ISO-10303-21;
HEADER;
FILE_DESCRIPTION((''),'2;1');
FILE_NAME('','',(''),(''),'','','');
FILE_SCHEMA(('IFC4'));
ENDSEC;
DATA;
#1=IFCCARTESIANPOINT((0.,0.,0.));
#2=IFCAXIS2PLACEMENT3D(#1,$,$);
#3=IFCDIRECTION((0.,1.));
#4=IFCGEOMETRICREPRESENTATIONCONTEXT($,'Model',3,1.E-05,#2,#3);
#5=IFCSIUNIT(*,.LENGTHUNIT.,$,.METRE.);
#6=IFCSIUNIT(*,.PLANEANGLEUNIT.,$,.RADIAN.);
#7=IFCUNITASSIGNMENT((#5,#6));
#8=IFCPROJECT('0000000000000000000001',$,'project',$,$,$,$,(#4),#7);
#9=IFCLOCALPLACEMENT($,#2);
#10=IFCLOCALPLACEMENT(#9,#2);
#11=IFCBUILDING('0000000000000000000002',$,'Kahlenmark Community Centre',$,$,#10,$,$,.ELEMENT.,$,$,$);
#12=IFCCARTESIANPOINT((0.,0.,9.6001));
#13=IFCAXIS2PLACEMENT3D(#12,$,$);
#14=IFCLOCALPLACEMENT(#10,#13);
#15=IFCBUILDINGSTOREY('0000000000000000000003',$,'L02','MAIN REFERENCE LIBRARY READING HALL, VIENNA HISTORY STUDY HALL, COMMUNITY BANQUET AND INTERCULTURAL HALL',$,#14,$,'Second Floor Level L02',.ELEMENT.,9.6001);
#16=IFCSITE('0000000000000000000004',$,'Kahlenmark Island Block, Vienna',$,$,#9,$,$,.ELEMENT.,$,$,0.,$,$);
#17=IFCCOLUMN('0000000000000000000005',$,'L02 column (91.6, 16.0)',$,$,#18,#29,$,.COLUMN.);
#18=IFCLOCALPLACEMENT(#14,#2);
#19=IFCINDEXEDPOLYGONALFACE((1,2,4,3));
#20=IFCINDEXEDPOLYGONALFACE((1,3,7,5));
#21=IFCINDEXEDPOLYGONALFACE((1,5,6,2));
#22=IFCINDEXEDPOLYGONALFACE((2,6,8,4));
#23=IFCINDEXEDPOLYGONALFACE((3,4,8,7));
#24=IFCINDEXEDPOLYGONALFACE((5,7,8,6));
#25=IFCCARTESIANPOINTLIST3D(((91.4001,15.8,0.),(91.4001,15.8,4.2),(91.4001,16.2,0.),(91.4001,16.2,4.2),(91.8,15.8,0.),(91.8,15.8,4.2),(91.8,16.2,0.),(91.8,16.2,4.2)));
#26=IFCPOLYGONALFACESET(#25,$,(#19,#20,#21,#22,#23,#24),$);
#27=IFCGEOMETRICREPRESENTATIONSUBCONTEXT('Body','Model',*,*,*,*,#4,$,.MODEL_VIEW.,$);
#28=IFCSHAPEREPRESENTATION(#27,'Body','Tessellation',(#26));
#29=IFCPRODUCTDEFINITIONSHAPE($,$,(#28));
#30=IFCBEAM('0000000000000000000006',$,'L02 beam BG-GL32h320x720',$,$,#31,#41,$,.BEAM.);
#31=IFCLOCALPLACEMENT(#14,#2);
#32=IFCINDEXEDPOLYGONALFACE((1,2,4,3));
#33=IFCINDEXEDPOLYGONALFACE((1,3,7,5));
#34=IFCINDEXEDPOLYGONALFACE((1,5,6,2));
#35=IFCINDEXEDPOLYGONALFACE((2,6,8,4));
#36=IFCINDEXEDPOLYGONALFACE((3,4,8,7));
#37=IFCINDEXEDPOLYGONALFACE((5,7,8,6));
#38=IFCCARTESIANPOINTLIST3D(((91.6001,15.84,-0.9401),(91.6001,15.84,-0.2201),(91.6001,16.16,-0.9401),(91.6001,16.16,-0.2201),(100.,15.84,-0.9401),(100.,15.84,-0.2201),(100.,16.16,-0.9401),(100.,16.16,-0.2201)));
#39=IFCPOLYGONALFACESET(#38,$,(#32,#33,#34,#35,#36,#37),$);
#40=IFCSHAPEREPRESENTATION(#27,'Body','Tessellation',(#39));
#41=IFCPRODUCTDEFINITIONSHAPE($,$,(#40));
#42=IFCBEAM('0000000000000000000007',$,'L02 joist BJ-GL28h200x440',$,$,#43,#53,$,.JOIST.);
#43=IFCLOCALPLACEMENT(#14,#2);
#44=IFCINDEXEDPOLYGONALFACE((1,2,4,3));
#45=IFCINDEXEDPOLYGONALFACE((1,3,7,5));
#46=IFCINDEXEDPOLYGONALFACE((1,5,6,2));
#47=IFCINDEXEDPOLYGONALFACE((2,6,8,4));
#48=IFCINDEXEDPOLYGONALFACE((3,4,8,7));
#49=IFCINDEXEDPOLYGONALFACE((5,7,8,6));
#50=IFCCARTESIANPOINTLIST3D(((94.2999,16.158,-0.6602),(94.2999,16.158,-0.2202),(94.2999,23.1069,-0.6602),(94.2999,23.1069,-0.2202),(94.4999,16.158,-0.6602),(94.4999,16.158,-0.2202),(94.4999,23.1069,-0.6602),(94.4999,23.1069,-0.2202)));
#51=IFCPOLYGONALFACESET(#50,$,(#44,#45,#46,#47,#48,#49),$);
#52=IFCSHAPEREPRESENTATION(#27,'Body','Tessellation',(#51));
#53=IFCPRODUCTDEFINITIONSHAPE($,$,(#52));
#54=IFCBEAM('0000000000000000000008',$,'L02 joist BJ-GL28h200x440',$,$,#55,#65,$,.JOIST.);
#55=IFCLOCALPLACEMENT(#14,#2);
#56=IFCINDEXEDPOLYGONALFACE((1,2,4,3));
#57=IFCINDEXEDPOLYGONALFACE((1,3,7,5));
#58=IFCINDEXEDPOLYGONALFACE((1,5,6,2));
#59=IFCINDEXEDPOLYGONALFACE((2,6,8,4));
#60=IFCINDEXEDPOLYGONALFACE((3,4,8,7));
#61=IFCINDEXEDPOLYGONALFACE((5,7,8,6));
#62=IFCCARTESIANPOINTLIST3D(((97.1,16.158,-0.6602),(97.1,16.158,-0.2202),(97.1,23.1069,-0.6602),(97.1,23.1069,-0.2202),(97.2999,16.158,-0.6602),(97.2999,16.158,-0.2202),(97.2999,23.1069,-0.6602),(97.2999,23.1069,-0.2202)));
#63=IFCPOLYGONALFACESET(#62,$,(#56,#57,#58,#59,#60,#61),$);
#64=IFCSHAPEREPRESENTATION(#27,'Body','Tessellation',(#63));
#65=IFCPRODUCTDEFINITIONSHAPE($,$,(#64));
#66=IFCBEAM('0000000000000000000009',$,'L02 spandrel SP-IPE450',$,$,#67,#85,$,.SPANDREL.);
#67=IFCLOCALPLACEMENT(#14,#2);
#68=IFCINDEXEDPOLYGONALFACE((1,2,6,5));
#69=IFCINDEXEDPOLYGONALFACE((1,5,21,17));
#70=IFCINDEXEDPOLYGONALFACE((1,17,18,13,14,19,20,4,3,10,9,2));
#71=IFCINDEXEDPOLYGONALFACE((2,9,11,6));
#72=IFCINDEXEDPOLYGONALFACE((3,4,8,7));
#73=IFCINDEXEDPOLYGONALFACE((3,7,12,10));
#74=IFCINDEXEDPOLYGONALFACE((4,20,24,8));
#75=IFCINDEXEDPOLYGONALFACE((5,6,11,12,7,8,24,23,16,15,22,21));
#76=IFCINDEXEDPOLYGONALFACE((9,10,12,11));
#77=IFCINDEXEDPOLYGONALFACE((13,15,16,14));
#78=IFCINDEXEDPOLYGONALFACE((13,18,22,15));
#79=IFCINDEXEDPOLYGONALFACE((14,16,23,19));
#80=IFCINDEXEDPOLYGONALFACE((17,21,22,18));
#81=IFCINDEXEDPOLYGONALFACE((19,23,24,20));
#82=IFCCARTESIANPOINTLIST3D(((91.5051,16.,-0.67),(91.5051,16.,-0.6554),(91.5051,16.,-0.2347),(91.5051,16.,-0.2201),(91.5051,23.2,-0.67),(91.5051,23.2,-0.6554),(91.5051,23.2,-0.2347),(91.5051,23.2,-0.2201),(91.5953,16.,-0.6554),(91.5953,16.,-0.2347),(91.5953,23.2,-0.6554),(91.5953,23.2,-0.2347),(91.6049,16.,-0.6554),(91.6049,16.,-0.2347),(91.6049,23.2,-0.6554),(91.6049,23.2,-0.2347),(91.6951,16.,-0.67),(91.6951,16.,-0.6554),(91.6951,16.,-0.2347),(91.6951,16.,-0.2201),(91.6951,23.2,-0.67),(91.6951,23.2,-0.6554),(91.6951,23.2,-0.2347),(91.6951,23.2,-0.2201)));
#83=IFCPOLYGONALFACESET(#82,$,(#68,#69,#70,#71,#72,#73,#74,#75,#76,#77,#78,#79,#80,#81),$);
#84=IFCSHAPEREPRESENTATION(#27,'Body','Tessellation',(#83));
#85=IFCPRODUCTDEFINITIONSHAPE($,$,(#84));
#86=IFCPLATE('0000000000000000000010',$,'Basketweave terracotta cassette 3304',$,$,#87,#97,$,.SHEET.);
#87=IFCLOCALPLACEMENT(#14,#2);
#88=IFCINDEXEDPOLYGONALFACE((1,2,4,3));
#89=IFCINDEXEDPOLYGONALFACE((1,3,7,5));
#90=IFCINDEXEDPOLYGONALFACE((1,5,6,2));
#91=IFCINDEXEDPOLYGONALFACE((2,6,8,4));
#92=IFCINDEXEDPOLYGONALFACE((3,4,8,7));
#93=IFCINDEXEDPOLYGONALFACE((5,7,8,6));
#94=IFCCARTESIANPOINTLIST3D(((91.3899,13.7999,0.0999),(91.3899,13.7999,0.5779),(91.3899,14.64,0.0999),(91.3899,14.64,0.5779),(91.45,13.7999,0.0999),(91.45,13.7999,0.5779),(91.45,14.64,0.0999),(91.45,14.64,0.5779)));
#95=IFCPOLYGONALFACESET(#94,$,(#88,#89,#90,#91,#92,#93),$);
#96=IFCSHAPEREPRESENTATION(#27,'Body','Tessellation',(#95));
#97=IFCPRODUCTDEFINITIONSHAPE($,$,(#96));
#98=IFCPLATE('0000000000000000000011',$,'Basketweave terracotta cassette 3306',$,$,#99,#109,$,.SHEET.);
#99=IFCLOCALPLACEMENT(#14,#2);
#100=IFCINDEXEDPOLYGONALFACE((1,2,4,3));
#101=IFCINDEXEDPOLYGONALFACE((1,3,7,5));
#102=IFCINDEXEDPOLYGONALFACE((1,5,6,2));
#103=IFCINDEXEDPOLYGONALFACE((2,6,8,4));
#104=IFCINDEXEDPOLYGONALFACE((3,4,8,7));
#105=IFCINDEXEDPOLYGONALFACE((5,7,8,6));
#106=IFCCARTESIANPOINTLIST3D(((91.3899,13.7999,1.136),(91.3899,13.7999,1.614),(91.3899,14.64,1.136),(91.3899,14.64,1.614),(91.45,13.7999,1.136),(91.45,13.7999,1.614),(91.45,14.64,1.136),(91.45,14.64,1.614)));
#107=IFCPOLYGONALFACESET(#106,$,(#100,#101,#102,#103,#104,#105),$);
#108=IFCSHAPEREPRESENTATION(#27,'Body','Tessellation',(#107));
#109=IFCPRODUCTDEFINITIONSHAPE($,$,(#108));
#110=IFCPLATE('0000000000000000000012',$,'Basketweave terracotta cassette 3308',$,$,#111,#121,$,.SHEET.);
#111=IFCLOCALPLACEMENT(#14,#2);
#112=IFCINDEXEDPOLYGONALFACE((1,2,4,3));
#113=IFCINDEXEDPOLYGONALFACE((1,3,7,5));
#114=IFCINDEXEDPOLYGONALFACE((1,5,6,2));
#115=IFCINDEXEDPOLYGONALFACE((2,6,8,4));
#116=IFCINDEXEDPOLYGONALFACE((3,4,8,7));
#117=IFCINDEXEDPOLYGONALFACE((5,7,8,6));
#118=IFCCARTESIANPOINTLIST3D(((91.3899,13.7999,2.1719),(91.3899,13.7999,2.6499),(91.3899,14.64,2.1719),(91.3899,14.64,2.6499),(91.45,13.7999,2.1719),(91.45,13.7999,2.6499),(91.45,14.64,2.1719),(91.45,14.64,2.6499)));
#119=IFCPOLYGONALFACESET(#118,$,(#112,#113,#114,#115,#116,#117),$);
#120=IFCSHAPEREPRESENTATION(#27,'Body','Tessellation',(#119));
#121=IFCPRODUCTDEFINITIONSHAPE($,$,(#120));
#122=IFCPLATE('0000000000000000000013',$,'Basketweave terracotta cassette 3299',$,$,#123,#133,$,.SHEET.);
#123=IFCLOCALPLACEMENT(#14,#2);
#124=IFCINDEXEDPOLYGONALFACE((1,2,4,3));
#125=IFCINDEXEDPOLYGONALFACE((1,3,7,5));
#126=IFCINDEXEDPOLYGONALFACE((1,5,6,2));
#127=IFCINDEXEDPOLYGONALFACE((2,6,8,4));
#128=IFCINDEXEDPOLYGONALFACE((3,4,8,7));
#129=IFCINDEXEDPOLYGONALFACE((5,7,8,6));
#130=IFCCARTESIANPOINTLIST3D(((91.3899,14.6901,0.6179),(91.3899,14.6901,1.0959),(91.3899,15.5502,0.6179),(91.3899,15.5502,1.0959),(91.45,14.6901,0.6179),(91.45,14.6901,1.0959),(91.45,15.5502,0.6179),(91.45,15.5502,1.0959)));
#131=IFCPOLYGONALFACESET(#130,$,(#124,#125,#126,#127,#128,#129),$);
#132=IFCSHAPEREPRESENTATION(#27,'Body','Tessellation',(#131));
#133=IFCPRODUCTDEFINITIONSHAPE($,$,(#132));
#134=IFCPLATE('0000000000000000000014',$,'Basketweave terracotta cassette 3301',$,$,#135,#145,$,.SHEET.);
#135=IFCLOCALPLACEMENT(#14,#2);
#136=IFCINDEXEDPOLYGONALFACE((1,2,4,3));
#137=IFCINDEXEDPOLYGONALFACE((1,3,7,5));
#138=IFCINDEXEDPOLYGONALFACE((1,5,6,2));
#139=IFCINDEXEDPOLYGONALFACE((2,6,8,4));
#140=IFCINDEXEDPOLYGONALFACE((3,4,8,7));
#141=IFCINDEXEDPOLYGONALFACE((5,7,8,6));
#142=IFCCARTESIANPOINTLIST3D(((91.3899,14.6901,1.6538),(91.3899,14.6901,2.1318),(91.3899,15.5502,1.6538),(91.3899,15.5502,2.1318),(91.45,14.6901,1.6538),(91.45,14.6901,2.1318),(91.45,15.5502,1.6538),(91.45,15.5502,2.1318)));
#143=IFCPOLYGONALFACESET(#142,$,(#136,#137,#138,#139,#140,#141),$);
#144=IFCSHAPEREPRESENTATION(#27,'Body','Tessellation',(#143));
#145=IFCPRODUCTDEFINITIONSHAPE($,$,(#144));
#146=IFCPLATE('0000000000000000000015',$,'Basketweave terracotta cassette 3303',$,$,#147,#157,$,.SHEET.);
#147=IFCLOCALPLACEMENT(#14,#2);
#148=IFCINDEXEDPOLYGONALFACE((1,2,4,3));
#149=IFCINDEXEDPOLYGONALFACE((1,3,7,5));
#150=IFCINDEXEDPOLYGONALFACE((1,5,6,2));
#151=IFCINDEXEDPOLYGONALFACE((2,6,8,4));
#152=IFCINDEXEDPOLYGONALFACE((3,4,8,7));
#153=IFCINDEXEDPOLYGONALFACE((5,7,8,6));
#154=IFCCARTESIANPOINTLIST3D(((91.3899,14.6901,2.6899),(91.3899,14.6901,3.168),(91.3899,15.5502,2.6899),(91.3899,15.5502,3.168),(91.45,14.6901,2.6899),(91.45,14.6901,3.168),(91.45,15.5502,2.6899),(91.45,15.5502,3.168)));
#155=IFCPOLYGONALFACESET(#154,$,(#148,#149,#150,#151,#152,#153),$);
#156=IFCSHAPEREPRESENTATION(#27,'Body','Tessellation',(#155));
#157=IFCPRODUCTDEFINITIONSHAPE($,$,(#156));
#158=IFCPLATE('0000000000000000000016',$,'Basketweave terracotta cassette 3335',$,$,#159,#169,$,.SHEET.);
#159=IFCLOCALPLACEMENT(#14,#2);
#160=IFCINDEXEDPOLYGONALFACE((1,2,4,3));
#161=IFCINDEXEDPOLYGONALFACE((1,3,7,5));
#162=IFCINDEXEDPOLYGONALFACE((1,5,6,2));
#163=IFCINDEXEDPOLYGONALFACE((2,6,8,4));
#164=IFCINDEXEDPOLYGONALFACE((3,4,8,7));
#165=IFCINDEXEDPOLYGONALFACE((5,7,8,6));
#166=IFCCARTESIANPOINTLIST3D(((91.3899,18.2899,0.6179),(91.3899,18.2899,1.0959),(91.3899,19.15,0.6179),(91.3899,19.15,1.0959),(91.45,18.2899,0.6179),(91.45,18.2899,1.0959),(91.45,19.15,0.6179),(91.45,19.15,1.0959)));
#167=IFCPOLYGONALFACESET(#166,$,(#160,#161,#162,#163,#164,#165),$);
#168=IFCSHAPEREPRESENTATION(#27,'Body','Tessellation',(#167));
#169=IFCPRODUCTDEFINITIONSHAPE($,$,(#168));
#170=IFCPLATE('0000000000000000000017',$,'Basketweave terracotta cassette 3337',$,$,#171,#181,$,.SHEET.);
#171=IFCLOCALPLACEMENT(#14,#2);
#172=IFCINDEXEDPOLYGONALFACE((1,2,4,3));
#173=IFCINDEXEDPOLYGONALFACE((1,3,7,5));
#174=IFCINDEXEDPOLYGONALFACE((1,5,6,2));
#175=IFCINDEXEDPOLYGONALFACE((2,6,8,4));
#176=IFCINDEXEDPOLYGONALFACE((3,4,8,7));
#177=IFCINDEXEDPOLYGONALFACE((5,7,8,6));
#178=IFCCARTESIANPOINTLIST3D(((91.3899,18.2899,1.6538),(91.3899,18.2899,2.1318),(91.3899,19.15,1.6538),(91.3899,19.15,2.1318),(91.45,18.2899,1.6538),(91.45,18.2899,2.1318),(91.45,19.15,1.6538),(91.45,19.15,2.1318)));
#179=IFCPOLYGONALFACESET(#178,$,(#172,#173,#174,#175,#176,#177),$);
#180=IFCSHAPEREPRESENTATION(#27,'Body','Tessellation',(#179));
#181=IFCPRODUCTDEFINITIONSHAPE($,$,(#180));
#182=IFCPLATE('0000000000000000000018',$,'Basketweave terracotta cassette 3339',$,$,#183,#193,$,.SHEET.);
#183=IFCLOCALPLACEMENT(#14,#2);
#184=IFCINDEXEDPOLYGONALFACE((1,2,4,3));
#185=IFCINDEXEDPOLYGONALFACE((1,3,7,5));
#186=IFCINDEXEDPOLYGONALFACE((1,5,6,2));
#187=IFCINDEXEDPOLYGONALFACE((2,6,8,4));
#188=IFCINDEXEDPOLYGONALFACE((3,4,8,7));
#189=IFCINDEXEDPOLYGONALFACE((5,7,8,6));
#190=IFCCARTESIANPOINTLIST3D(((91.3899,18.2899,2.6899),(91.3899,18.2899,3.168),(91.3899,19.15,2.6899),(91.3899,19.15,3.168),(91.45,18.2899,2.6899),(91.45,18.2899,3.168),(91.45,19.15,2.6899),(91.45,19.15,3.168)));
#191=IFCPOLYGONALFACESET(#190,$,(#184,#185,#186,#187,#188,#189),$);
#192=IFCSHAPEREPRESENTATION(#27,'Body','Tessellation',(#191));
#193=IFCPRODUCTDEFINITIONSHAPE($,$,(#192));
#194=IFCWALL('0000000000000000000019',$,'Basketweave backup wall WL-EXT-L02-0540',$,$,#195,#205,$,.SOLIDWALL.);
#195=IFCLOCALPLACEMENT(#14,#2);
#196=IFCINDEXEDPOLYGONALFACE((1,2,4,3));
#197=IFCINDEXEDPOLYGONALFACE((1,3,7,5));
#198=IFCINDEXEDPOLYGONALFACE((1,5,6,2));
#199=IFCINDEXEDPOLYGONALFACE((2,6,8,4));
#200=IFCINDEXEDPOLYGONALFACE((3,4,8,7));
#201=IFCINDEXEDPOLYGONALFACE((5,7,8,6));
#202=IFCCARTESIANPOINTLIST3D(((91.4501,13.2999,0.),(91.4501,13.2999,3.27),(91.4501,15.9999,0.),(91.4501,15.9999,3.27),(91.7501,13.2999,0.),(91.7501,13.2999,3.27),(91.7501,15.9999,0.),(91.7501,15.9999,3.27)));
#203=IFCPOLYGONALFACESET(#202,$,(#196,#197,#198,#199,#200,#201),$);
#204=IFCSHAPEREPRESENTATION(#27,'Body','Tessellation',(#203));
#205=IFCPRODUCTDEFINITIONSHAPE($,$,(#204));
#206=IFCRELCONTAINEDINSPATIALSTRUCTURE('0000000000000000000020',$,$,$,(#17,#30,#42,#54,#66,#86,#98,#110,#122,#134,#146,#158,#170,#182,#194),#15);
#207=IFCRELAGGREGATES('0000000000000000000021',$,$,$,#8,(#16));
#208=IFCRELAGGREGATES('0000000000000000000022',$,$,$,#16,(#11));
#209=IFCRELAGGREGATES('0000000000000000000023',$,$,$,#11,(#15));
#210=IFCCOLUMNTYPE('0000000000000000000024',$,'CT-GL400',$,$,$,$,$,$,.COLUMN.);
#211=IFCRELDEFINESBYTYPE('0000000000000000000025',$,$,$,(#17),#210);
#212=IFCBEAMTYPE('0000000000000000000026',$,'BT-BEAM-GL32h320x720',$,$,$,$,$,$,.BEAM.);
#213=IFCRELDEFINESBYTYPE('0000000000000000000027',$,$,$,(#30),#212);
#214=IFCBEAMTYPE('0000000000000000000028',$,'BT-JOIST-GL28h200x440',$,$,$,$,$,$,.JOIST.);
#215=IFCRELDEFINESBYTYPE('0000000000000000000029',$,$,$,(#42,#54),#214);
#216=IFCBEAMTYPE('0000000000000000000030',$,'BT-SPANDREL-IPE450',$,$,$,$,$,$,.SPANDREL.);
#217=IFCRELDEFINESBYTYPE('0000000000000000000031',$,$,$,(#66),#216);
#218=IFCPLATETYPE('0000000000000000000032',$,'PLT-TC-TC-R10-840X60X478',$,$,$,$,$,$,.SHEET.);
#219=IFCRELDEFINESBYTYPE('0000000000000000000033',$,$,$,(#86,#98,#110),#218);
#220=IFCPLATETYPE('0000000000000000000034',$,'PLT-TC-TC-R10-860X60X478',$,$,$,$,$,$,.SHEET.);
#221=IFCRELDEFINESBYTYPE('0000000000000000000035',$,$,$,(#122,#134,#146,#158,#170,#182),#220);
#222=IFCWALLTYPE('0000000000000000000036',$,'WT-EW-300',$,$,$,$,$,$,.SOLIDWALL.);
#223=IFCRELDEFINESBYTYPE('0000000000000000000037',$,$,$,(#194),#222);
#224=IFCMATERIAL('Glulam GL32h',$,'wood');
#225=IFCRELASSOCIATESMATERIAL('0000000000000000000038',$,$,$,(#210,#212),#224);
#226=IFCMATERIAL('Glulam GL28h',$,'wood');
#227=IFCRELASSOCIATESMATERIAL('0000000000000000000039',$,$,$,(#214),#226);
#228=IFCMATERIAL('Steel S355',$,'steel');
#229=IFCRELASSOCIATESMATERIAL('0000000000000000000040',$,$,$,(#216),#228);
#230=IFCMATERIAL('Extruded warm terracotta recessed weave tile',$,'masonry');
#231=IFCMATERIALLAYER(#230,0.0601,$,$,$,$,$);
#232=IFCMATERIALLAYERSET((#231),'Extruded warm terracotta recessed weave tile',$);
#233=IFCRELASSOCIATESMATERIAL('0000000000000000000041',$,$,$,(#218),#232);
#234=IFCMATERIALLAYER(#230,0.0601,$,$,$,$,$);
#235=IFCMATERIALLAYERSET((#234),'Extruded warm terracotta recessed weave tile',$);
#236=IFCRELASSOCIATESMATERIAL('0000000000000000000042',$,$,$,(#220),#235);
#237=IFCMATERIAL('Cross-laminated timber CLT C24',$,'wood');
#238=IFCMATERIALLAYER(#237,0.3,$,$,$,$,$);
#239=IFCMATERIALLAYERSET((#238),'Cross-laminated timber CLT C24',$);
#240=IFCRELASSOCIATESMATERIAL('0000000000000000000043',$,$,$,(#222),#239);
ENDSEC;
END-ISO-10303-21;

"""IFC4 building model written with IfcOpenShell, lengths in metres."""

from ifc_helpers import new_model, si_unit, direction, frame, frame_2d, origin, origin_2d, place, context, subcontext, project, spatial, rectangle, i_section, extrude, material, layer, layer_set, material_profile, profile_set, type_object, element, save


model = new_model("IFC4")

# Units and contexts
model_context = context("Model", 3, precision=1e-05, world=origin(), true_north=direction((0.0, 1.0)))
body_context = subcontext(model_context, "Body", "Model", "MODEL_VIEW")
ifc_project = project(units=[si_unit("LENGTHUNIT", "METRE"), si_unit("PLANEANGLEUNIT", "RADIAN")], contexts=[model_context])

# Site, building, storey
site_placement = place(None, origin())
site = spatial("IfcSite", under=ifc_project, at=site_placement, Name="Kahlenmark Island Block, Vienna", CompositionType="ELEMENT", RefElevation=0.0)
building_placement = place(site_placement, origin())
building = spatial("IfcBuilding", under=site, at=building_placement, Name="Kahlenmark Community Centre", CompositionType="ELEMENT")
storey_placement = place(building_placement, frame((0.0, 0.0, 9.6001)))
storey = spatial("IfcBuildingStorey", under=building, at=storey_placement, Name="L02", Description="MAIN REFERENCE LIBRARY READING HALL, VIENNA HISTORY STUDY HALL, COMMUNITY BANQUET AND INTERCULTURAL HALL", LongName="Second Floor Level L02", CompositionType="ELEMENT", Elevation=9.6001)

# Column
ifc_material_1 = material(Name="Glulam GL32h", Category="wood")
ifc_material_profile_1 = material_profile(ifc_material_1, rectangle(XDim=0.3999, YDim=0.3999, at=origin_2d()), Name="GL32h 400x400")
ifc_profile_set_1 = profile_set([ifc_material_profile_1], Name="Glulam GL32h")
column_type = type_object("IfcColumnType", Name="CT-GL400", PredefinedType="COLUMN", material=ifc_profile_set_1)
column_placement = place(storey_placement, frame((91.6001, 16.0, 0.0), z_axis=(0.0, 0.0, 1.0), x_axis=(1.0, 0.0, 0.0)))
element("IfcColumn", 1, at=column_placement, inside=storey, type_object=column_type, Name="L02 column (91.6, 16.0)", PredefinedType="COLUMN", context=body_context, shape_type="SweptSolid", body=[
    extrude(rectangle(XDim=0.3999, YDim=0.3999, at=origin_2d()), origin(), (0.0, 0.0, 1.0), 4.2),
])

# Beams
ifc_material_profile_2 = material_profile(ifc_material_1, rectangle(XDim=0.3201, YDim=0.72, at=origin_2d()), Name="GL32h 320x720")
ifc_profile_set_2 = profile_set([ifc_material_profile_2], Name="Glulam GL32h")
beam_type_1 = type_object("IfcBeamType", Name="BT-BEAM-GL32h320x720", PredefinedType="BEAM", material=ifc_profile_set_2)
beam_1_placement = place(storey_placement, frame((91.6001, 16.0, -0.5801), z_axis=(1.0, 0.0, 0.0), x_axis=(0.0, 1.0, 0.0)))
element("IfcBeam", 2, at=beam_1_placement, inside=storey, type_object=beam_type_1, Name="L02 beam BG-GL32h320x720", PredefinedType="BEAM", context=body_context, shape_type="SweptSolid", body=[
    extrude(rectangle(XDim=0.3201, YDim=0.72, at=origin_2d()), origin(), (0.0, 0.0, 1.0), 8.3999),
])
ifc_material_2 = material(Name="Glulam GL28h", Category="wood")
ifc_material_profile_3 = material_profile(ifc_material_2, rectangle(XDim=0.2, YDim=0.4399, at=origin_2d()), Name="GL28h 200x440")
ifc_profile_set_3 = profile_set([ifc_material_profile_3], Name="Glulam GL28h")
beam_type_2 = type_object("IfcBeamType", Name="BT-JOIST-GL28h200x440", PredefinedType="JOIST", material=ifc_profile_set_3)
for number, where, z_axis, x_axis, name in (
    (3, (94.3999, 16.158, -0.4402), (0.0, 1.0, 0.0), (-1.0, 0.0, 0.0), "L02 joist BJ-GL28h200x440"),
    (4, (97.2, 16.158, -0.4402), (0.0, 1.0, 0.0), (-1.0, 0.0, 0.0), "L02 joist BJ-GL28h200x440"),
):
    element("IfcBeam", number, at=place(storey_placement, frame(where, z_axis=z_axis, x_axis=x_axis)), inside=storey, type_object=beam_type_2, Name=name, PredefinedType="JOIST", context=body_context, shape_type="SweptSolid", body=[
        extrude(rectangle(XDim=0.2, YDim=0.4399, at=origin_2d()), origin(), (0.0, 0.0, 1.0), 6.949),
    ])
ifc_material_3 = material(Name="Steel S355", Category="steel")
ifc_material_profile_4 = material_profile(ifc_material_3, i_section(OverallWidth=0.1899, OverallDepth=0.45, WebThickness=0.0095, FlangeThickness=0.0146, at=origin_2d()), Name="IPE 450")
ifc_profile_set_4 = profile_set([ifc_material_profile_4], Name="Steel S355")
beam_type_3 = type_object("IfcBeamType", Name="BT-SPANDREL-IPE450", PredefinedType="SPANDREL", material=ifc_profile_set_4)
beam_2_placement = place(storey_placement, frame((91.6001, 16.0, -0.4451), z_axis=(0.0, 1.0, 0.0), x_axis=(-1.0, 0.0, 0.0)))
element("IfcBeam", 5, at=beam_2_placement, inside=storey, type_object=beam_type_3, Name="L02 spandrel SP-IPE450", PredefinedType="SPANDREL", context=body_context, shape_type="SweptSolid", body=[
    extrude(i_section(OverallWidth=0.1899, OverallDepth=0.45, WebThickness=0.0095, FlangeThickness=0.0146, at=origin_2d()), origin(), (0.0, 0.0, 1.0), 7.2),
])

# Plates
ifc_material_4 = material(Name="Extruded warm terracotta recessed weave tile", Category="masonry")
ifc_layer_1 = layer(ifc_material_4, 0.0601)
ifc_layer_set_1 = layer_set([ifc_layer_1], Name="Extruded warm terracotta recessed weave tile")
plate_type_1 = type_object("IfcPlateType", Name="PLT-TC-TC-R10-840X60X478", PredefinedType="SHEET", material=ifc_layer_set_1)
for number, where, z_axis, x_axis, name in (
    (6, (91.4199, 14.22, 0.0999), (0.0, 0.0, 1.0), (0.0, -1.0, 0.0), "Basketweave terracotta cassette 3304"),
    (7, (91.4199, 14.22, 1.136), (0.0, 0.0, 1.0), (0.0, -1.0, 0.0), "Basketweave terracotta cassette 3306"),
    (8, (91.4199, 14.22, 2.1719), (0.0, 0.0, 1.0), (0.0, -1.0, 0.0), "Basketweave terracotta cassette 3308"),
):
    element("IfcPlate", number, at=place(storey_placement, frame(where, z_axis=z_axis, x_axis=x_axis)), inside=storey, type_object=plate_type_1, Name=name, PredefinedType="SHEET", context=body_context, shape_type="SweptSolid", body=[
        extrude(rectangle(XDim=0.8401, YDim=0.0601, at=origin_2d()), origin(), (0.0, 0.0, 1.0), 0.478),
    ])
ifc_layer_2 = layer(ifc_material_4, 0.0601)
ifc_layer_set_2 = layer_set([ifc_layer_2], Name="Extruded warm terracotta recessed weave tile")
plate_type_2 = type_object("IfcPlateType", Name="PLT-TC-TC-R10-860X60X478", PredefinedType="SHEET", material=ifc_layer_set_2)
for number, where, z_axis, x_axis, name in (
    (9, (91.4199, 15.1201, 0.6179), (0.0, 0.0, 1.0), (0.0, -1.0, 0.0), "Basketweave terracotta cassette 3299"),
    (10, (91.4199, 15.1201, 1.6538), (0.0, 0.0, 1.0), (0.0, -1.0, 0.0), "Basketweave terracotta cassette 3301"),
    (11, (91.4199, 15.1201, 2.6899), (0.0, 0.0, 1.0), (0.0, -1.0, 0.0), "Basketweave terracotta cassette 3303"),
    (12, (91.4199, 18.72, 0.6179), (0.0, 0.0, 1.0), (0.0, -1.0, 0.0), "Basketweave terracotta cassette 3335"),
    (13, (91.4199, 18.72, 1.6538), (0.0, 0.0, 1.0), (0.0, -1.0, 0.0), "Basketweave terracotta cassette 3337"),
    (14, (91.4199, 18.72, 2.6899), (0.0, 0.0, 1.0), (0.0, -1.0, 0.0), "Basketweave terracotta cassette 3339"),
):
    element("IfcPlate", number, at=place(storey_placement, frame(where, z_axis=z_axis, x_axis=x_axis)), inside=storey, type_object=plate_type_2, Name=name, PredefinedType="SHEET", context=body_context, shape_type="SweptSolid", body=[
        extrude(rectangle(XDim=0.8601, YDim=0.0601, at=origin_2d()), origin(), (0.0, 0.0, 1.0), 0.478),
    ])

# Wall
ifc_material_5 = material(Name="Cross-laminated timber CLT C24", Category="wood")
ifc_layer_3 = layer(ifc_material_5, 0.3)
ifc_layer_set_3 = layer_set([ifc_layer_3], Name="Cross-laminated timber CLT C24")
wall_type_1 = type_object("IfcWallType", Name="WT-EW-300", PredefinedType="SOLIDWALL", material=ifc_layer_set_3)
wall_1_placement = place(storey_placement, frame((91.6001, 16.0, 0.0), z_axis=(0.0, 0.0, 1.0), x_axis=(0.0, -1.0, 0.0)))
element("IfcWall", 15, at=wall_1_placement, inside=storey, type_object=wall_type_1, Name="Basketweave backup wall WL-EXT-L02-0540", PredefinedType="SOLIDWALL", context=body_context, shape_type="SweptSolid", body=[
    extrude(rectangle(XDim=2.7, YDim=0.3, at=frame_2d((1.3501, 0.0))), origin(), (0.0, 0.0, 1.0), 3.27),
])

save(model, "model.ifc")
